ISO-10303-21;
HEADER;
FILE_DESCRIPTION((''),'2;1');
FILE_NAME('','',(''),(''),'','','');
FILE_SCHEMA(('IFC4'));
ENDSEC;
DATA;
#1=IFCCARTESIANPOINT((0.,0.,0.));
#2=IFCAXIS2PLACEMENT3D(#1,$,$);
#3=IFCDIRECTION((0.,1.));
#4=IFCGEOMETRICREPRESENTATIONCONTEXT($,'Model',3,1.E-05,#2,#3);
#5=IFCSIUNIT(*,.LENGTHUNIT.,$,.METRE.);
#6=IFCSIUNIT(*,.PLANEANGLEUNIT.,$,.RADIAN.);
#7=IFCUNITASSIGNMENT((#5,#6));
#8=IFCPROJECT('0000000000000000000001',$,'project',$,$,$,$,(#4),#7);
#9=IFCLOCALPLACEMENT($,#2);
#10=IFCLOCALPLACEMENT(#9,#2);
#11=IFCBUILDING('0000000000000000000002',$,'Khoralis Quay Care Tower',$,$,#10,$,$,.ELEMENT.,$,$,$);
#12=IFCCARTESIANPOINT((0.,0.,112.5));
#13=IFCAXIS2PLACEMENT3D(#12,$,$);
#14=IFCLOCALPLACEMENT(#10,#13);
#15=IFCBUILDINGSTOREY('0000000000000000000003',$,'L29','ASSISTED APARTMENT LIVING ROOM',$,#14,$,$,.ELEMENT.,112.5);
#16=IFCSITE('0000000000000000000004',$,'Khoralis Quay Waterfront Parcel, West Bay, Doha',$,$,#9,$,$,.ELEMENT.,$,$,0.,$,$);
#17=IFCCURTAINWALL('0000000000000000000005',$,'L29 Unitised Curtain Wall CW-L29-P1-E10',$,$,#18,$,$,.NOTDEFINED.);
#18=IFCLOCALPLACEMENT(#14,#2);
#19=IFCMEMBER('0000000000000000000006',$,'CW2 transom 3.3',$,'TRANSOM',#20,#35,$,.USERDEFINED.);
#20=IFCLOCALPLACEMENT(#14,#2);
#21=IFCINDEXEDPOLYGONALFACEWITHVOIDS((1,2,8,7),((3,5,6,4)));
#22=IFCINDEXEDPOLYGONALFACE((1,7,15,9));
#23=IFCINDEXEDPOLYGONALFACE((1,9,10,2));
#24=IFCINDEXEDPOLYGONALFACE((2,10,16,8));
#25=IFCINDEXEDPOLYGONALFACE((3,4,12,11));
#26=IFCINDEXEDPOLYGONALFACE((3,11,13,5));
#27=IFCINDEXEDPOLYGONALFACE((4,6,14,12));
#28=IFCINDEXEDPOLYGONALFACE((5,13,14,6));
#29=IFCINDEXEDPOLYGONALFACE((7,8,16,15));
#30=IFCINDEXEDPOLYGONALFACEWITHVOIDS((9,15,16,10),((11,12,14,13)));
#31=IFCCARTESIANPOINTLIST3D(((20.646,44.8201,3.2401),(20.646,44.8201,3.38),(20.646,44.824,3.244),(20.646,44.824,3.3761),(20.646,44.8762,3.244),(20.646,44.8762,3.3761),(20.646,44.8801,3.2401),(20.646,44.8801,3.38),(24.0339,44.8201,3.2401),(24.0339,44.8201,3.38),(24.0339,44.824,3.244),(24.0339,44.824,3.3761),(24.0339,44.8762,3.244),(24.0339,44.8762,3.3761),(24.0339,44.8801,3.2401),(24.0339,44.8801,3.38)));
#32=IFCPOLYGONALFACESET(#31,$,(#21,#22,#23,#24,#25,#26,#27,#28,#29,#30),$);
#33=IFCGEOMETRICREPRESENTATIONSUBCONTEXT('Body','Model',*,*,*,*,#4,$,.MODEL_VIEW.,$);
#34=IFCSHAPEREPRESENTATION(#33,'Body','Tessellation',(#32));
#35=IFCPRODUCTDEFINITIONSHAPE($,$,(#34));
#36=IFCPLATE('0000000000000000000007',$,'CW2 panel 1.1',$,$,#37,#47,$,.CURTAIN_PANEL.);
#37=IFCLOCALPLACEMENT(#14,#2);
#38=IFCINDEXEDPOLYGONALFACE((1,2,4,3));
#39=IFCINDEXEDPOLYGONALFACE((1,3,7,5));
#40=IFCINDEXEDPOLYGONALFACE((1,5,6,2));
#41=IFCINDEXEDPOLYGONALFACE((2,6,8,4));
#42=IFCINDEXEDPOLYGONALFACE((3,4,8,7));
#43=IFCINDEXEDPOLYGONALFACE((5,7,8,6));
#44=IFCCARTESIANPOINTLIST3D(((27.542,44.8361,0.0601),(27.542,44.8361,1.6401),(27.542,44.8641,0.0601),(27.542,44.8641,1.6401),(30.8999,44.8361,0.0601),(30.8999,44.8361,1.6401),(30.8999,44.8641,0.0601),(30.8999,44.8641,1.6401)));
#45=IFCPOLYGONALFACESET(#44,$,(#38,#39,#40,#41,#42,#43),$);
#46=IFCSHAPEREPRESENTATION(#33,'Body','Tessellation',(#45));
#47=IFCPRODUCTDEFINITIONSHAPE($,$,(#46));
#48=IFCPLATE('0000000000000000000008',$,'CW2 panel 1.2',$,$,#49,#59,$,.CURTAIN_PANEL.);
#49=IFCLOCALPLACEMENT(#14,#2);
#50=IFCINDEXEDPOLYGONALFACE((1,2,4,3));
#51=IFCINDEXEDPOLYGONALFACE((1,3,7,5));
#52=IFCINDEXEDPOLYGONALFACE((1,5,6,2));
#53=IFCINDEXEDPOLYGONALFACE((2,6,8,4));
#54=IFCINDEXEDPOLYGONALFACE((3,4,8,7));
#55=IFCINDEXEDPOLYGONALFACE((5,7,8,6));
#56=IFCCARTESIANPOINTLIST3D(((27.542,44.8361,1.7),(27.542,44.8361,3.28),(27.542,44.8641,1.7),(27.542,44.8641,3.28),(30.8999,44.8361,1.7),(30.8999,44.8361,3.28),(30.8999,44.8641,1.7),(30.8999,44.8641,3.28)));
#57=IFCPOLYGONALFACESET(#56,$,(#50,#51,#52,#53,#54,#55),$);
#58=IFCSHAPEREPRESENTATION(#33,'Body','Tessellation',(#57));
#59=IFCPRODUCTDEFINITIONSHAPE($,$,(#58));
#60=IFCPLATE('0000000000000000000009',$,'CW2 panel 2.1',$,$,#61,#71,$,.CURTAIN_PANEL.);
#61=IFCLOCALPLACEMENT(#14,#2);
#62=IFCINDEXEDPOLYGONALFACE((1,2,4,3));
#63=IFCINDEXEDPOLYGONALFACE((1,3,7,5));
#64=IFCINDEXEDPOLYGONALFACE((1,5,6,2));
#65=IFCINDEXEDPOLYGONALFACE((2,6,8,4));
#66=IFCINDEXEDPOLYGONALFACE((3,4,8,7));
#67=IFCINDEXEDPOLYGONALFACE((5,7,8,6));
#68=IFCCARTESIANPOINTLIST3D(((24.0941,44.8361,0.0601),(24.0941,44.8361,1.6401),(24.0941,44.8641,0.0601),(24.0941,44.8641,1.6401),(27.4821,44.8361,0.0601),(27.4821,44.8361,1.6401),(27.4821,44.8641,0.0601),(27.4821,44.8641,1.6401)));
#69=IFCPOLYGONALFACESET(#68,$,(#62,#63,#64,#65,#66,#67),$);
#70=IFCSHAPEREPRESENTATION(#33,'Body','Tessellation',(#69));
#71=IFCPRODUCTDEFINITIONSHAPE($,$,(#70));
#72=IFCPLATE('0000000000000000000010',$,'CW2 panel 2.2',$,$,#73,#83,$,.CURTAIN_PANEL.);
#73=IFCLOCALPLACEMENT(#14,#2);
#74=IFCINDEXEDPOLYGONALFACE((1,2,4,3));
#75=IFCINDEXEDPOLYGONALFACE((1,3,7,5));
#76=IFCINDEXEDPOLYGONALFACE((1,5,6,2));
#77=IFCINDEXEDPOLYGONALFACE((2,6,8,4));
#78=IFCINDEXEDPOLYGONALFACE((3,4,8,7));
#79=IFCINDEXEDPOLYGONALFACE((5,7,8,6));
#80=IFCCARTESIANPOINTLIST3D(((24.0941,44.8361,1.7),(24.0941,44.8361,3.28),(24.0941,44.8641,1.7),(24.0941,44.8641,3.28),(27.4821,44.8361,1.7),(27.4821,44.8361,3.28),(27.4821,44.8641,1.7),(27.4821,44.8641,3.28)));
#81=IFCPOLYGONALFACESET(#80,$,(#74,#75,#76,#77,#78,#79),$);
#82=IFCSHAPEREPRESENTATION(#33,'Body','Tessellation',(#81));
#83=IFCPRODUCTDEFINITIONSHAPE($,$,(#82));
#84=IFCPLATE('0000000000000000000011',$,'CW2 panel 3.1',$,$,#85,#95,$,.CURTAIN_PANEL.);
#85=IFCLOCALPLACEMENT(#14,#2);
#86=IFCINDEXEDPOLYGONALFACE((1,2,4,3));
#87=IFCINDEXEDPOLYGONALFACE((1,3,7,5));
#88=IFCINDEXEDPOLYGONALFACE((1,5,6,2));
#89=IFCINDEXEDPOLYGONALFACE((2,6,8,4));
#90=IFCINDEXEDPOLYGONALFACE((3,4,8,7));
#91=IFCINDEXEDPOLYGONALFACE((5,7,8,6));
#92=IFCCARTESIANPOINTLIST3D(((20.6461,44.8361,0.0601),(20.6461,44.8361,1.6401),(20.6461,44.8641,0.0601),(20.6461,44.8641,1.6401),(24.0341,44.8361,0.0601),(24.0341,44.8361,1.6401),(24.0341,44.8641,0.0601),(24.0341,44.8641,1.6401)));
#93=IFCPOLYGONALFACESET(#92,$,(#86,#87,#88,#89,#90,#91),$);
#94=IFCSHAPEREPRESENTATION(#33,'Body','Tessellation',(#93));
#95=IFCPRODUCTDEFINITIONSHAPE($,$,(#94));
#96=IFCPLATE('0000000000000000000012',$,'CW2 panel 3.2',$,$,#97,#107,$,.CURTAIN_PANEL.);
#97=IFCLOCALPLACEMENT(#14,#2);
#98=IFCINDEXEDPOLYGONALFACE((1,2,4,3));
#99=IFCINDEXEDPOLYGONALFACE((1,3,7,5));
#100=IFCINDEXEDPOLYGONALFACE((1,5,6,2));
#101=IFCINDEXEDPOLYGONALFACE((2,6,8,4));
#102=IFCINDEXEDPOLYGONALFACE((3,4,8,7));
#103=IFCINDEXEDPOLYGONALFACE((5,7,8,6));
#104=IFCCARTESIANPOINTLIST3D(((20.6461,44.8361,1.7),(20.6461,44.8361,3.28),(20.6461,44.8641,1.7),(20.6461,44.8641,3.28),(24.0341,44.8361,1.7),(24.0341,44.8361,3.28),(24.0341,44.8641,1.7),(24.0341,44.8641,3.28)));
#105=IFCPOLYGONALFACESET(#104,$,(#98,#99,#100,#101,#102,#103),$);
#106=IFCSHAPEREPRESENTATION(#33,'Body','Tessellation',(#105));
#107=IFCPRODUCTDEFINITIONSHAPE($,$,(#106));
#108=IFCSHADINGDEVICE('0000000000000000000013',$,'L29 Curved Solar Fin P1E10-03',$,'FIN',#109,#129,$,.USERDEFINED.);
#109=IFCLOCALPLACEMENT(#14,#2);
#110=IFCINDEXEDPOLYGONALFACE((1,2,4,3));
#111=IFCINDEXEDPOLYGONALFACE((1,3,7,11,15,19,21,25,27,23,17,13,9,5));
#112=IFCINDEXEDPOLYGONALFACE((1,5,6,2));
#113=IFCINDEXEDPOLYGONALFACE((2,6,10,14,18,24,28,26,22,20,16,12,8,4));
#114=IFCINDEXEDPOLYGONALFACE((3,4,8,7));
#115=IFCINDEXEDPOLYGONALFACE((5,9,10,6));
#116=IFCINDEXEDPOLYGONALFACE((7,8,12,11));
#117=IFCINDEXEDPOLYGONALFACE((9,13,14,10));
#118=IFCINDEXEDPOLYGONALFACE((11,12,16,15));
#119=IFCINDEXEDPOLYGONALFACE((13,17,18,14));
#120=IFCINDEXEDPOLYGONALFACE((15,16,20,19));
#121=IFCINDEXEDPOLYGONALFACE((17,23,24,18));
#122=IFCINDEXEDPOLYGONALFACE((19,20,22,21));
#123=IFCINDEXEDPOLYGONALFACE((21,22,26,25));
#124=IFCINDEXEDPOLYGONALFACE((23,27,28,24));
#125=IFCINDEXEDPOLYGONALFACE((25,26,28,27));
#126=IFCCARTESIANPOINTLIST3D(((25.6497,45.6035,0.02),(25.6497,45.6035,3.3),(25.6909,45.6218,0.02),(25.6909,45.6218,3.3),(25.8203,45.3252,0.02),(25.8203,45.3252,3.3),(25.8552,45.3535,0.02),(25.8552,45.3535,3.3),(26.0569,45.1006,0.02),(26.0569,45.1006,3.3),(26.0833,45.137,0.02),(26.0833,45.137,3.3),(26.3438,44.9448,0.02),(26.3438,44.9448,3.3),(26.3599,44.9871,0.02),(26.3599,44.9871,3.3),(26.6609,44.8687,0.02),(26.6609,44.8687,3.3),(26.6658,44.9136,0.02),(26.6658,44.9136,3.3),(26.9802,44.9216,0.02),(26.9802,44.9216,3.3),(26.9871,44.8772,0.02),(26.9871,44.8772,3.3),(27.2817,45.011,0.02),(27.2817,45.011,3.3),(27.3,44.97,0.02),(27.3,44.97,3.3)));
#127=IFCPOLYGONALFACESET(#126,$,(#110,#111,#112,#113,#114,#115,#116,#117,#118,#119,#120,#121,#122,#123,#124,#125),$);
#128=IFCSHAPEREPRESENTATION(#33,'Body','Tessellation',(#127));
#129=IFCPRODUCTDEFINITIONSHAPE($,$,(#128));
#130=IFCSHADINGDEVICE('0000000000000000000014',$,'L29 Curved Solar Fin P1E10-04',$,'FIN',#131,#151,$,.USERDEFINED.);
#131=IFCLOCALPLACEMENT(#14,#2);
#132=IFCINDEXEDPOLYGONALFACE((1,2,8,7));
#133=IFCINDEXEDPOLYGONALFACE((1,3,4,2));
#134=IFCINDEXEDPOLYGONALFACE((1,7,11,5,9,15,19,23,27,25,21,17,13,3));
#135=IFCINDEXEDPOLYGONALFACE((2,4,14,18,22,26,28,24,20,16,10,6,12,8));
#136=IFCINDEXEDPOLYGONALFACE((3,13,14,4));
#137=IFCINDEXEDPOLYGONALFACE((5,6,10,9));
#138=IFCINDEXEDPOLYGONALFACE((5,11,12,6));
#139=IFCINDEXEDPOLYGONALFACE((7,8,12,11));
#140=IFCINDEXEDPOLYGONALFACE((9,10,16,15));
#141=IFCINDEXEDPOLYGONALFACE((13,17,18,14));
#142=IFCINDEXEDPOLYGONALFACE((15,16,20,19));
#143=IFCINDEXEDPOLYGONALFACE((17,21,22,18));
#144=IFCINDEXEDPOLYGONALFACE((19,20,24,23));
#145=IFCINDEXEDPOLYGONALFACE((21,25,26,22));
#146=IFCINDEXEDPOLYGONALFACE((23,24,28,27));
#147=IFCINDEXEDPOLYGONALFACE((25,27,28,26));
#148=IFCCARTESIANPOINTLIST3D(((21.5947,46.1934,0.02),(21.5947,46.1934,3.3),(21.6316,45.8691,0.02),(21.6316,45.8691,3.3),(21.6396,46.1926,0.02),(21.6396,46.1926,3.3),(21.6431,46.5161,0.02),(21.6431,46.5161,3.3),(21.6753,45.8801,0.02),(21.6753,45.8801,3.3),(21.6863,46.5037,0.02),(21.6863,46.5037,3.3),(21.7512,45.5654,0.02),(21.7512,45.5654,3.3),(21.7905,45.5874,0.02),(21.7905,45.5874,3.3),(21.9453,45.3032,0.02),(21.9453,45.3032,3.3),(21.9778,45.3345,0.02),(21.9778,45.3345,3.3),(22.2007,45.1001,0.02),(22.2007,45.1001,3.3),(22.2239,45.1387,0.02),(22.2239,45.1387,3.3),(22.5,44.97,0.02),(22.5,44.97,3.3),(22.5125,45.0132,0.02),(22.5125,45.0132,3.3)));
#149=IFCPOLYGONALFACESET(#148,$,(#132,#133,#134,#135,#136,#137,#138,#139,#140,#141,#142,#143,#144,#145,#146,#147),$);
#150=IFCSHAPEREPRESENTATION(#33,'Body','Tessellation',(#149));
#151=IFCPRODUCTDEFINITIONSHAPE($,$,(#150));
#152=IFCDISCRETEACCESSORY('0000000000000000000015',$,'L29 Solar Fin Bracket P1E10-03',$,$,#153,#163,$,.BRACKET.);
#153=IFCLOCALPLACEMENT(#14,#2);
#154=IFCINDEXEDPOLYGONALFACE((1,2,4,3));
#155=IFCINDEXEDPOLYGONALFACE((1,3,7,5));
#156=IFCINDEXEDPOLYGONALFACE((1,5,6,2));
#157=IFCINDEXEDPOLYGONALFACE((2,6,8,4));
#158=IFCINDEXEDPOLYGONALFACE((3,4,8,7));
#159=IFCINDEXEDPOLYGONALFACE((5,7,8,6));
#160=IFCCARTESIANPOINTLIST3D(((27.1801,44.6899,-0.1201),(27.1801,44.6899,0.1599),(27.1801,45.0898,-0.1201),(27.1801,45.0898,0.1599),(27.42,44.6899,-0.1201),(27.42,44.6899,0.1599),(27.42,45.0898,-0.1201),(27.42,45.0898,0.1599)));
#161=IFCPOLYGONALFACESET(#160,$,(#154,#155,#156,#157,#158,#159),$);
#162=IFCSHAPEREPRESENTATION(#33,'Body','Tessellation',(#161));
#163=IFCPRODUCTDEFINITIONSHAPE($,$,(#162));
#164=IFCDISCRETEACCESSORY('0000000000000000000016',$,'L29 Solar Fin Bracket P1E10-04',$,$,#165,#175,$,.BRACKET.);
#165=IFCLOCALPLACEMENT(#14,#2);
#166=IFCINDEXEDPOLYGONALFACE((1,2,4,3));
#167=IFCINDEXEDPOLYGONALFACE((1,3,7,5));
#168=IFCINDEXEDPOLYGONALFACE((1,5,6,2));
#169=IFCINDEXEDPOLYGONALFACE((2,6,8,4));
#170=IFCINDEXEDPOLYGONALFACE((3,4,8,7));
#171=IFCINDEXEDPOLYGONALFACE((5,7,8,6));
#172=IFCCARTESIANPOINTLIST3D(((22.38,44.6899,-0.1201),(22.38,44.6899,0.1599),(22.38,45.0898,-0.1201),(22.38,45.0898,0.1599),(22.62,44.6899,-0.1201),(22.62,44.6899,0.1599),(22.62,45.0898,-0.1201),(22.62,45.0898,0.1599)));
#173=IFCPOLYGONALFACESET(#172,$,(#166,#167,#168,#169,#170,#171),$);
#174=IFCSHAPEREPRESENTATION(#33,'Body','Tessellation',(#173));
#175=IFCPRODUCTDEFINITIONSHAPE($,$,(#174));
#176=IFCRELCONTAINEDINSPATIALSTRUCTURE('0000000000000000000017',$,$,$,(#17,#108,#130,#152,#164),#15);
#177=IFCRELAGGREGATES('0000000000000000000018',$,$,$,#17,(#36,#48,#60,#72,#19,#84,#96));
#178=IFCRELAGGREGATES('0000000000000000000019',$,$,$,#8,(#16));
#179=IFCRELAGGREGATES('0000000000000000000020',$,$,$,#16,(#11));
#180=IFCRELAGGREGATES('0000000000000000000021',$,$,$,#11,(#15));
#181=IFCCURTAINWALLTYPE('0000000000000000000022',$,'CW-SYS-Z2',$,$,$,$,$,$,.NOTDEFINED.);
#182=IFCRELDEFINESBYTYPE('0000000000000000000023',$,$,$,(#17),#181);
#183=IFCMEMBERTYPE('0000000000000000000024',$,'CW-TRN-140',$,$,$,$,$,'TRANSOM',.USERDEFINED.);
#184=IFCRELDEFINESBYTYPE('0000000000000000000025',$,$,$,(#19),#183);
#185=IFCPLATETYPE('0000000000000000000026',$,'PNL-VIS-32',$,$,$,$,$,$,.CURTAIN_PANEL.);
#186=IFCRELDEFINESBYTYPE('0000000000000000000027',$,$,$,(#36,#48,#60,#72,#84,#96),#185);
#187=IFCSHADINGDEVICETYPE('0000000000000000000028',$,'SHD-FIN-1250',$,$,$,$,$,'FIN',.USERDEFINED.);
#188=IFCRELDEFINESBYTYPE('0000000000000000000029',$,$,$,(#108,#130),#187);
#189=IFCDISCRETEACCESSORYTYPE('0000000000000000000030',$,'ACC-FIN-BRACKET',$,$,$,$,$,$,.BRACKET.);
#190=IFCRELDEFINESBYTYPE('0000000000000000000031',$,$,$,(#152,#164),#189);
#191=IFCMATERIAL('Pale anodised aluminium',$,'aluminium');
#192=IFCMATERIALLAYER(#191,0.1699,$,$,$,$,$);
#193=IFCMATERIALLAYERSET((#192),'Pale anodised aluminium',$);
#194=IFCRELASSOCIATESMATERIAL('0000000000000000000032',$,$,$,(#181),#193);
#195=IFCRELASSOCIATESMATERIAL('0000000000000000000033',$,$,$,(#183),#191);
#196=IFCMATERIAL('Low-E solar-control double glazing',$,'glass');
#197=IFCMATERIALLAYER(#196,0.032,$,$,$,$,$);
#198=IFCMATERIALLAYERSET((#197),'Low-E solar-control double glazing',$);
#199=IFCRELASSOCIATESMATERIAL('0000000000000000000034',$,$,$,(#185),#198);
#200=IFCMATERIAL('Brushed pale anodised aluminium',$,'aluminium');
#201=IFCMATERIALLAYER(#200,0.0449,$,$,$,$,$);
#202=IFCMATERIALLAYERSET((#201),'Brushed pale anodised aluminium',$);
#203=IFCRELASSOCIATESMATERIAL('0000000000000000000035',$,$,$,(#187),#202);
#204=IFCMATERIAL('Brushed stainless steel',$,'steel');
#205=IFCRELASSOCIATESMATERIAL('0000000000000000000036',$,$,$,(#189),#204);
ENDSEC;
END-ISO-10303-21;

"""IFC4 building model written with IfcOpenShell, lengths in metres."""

from ifc_helpers import new_model, si_unit, direction, frame, origin, origin_2d, place, context, subcontext, project, spatial, polyline, rectangle, hollow_rectangle, outline, extrude, source, transform, mapped, material, layer, layer_set, material_profile, profile_set, type_object, element, aggregate, save


model = new_model("IFC4")

# Units and contexts
model_context = context("Model", 3, precision=1e-05, world=origin(), true_north=direction((0.0, 1.0)))
body_context = subcontext(model_context, "Body", "Model", "MODEL_VIEW")
ifc_project = project(units=[si_unit("LENGTHUNIT", "METRE"), si_unit("PLANEANGLEUNIT", "RADIAN")], contexts=[model_context])

# Site, building, storey
site_placement = place(None, origin())
site = spatial("IfcSite", under=ifc_project, at=site_placement, Name="Khoralis Quay Waterfront Parcel, West Bay, Doha", CompositionType="ELEMENT", RefElevation=0.0)
building_placement = place(site_placement, origin())
building = spatial("IfcBuilding", under=site, at=building_placement, Name="Khoralis Quay Care Tower", CompositionType="ELEMENT")
storey_placement = place(building_placement, frame((0.0, 0.0, 112.5)))
storey = spatial("IfcBuildingStorey", under=building, at=storey_placement, Name="L29", Description="ASSISTED APARTMENT LIVING ROOM", CompositionType="ELEMENT", Elevation=112.5)

# Curtain wall, member, plates
ifc_material_1 = material(Name="Pale anodised aluminium", Category="aluminium")
ifc_layer_1 = layer(ifc_material_1, 0.1699)
ifc_layer_set_1 = layer_set([ifc_layer_1], Name="Pale anodised aluminium")
curtain_wall_type = type_object("IfcCurtainWallType", Name="CW-SYS-Z2", PredefinedType="NOTDEFINED", material=ifc_layer_set_1)
curtain_wall_placement = place(storey_placement, origin())
curtain_wall = element("IfcCurtainWall", 1, at=curtain_wall_placement, inside=storey, type_object=curtain_wall_type, Name="L29 Unitised Curtain Wall CW-L29-P1-E10", PredefinedType="NOTDEFINED")
ifc_material_profile_1 = material_profile(ifc_material_1, hollow_rectangle(XDim=0.0601, YDim=0.1399, WallThickness=0.0039, at=origin_2d()), Name="Pale anodised aluminium")
ifc_profile_set_1 = profile_set([ifc_material_profile_1], Name="Pale anodised aluminium")
member_type_1 = type_object("IfcMemberType", Name="CW-TRN-140", ElementType="TRANSOM", PredefinedType="USERDEFINED", material=ifc_profile_set_1)
shared_shape_1 = source(origin(), body_context, "Body", "SweptSolid", [
    extrude(hollow_rectangle(XDim=0.0601, YDim=0.1399, WallThickness=0.0039, at=origin_2d()), origin(), (0.0, 0.0, 1.0), 3.3879),
])
member_1_placement = place(storey_placement, frame((24.0339, 44.8501, 3.3101), z_axis=(-1.0, 0.0, 0.0), x_axis=(0.0, -1.0, 0.0)))
member_1 = element("IfcMember", 2, at=member_1_placement, type_object=member_type_1, Name="CW2 transom 3.3", ObjectType="TRANSOM", PredefinedType="USERDEFINED", context=body_context, shape_type="MappedRepresentation", body=[
    mapped(shared_shape_1, transform((0.0, 0.0, 0.0), scale=1.0)),
])
ifc_material_2 = material(Name="Low-E solar-control double glazing", Category="glass")
ifc_layer_2 = layer(ifc_material_2, 0.032)
ifc_layer_set_2 = layer_set([ifc_layer_2], Name="Low-E solar-control double glazing")
plate_type = type_object("IfcPlateType", Name="PNL-VIS-32", PredefinedType="CURTAIN_PANEL", material=ifc_layer_set_2)
shared_shape_2 = source(origin(), body_context, "Body", "SweptSolid", [
    extrude(rectangle(XDim=3.3579, YDim=0.0281, at=origin_2d()), origin(), (0.0, 0.0, 1.0), 1.5801),
])
plate_1_placement = place(storey_placement, frame((29.2209, 44.8501, 0.0601), z_axis=(0.0, 0.0, 1.0), x_axis=(-1.0, 0.0, 0.0)))
plate_1 = element("IfcPlate", 3, at=plate_1_placement, type_object=plate_type, Name="CW2 panel 1.1", PredefinedType="CURTAIN_PANEL", context=body_context, shape_type="MappedRepresentation", body=[
    mapped(shared_shape_2, transform((0.0, 0.0, 0.0), scale=1.0)),
])
plate_2_placement = place(storey_placement, frame((29.2209, 44.8501, 1.7), z_axis=(0.0, 0.0, 1.0), x_axis=(-1.0, 0.0, 0.0)))
plate_2 = element("IfcPlate", 4, at=plate_2_placement, type_object=plate_type, Name="CW2 panel 1.2", PredefinedType="CURTAIN_PANEL", context=body_context, shape_type="MappedRepresentation", body=[
    mapped(shared_shape_2, transform((0.0, 0.0, 0.0), scale=1.0)),
])
shared_shape_3 = source(origin(), body_context, "Body", "SweptSolid", [
    extrude(rectangle(XDim=3.3879, YDim=0.0281, at=origin_2d()), origin(), (0.0, 0.0, 1.0), 1.5801),
])
plate_3_placement = place(storey_placement, frame((25.7881, 44.8501, 0.0601), z_axis=(0.0, 0.0, 1.0), x_axis=(-1.0, 0.0, 0.0)))
plate_3 = element("IfcPlate", 5, at=plate_3_placement, type_object=plate_type, Name="CW2 panel 2.1", PredefinedType="CURTAIN_PANEL", context=body_context, shape_type="MappedRepresentation", body=[
    mapped(shared_shape_3, transform((0.0, 0.0, 0.0), scale=1.0)),
])
plate_4_placement = place(storey_placement, frame((25.7881, 44.8501, 1.7), z_axis=(0.0, 0.0, 1.0), x_axis=(-1.0, 0.0, 0.0)))
plate_4 = element("IfcPlate", 6, at=plate_4_placement, type_object=plate_type, Name="CW2 panel 2.2", PredefinedType="CURTAIN_PANEL", context=body_context, shape_type="MappedRepresentation", body=[
    mapped(shared_shape_3, transform((0.0, 0.0, 0.0), scale=1.0)),
])
plate_5_placement = place(storey_placement, frame((22.3401, 44.8501, 0.0601), z_axis=(0.0, 0.0, 1.0), x_axis=(-1.0, 0.0, 0.0)))
plate_5 = element("IfcPlate", 7, at=plate_5_placement, type_object=plate_type, Name="CW2 panel 3.1", PredefinedType="CURTAIN_PANEL", context=body_context, shape_type="MappedRepresentation", body=[
    mapped(shared_shape_3, transform((0.0, 0.0, 0.0), scale=1.0)),
])
plate_6_placement = place(storey_placement, frame((22.3401, 44.8501, 1.7), z_axis=(0.0, 0.0, 1.0), x_axis=(-1.0, 0.0, 0.0)))
plate_6 = element("IfcPlate", 8, at=plate_6_placement, type_object=plate_type, Name="CW2 panel 3.2", PredefinedType="CURTAIN_PANEL", context=body_context, shape_type="MappedRepresentation", body=[
    mapped(shared_shape_3, transform((0.0, 0.0, 0.0), scale=1.0)),
])
aggregate(curtain_wall, [plate_1, plate_2, plate_3, plate_4, member_1, plate_5, plate_6])

# Shading devices
ifc_material_3 = material(Name="Brushed pale anodised aluminium", Category="aluminium")
ifc_layer_3 = layer(ifc_material_3, 0.0449)
ifc_layer_set_3 = layer_set([ifc_layer_3], Name="Brushed pale anodised aluminium")
shading_device_type = type_object("IfcShadingDeviceType", Name="SHD-FIN-1250", ElementType="FIN", PredefinedType="USERDEFINED", material=ifc_layer_set_3)
shared_shape_4 = source(origin(), body_context, "Body", "SweptSolid", [
    extrude(outline(polyline([(0.0, 0.0), (-0.0928, 0.313), (-0.1013, 0.6392), (-0.0251, 0.9563), (0.1306, 1.2432), (0.3552, 1.4797), (0.6335, 1.6504), (0.6519, 1.6091), (0.3835, 1.4448), (0.167, 1.2168), (0.0171, 0.9402), (-0.0564, 0.6343), (-0.0483, 0.3198), (0.041, 0.0183), (0.0, 0.0)])), origin(), (0.0, 0.0, 1.0), 3.28),
])
shading_device_1_placement = place(storey_placement, frame((27.3, 44.97, 0.02), z_axis=(0.0, 0.0, 1.0), x_axis=(0.0, 1.0, 0.0)))
element("IfcShadingDevice", 9, at=shading_device_1_placement, inside=storey, type_object=shading_device_type, Name="L29 Curved Solar Fin P1E10-03", ObjectType="FIN", PredefinedType="USERDEFINED", context=body_context, shape_type="MappedRepresentation", body=[
    mapped(shared_shape_4, transform((0.0, 0.0, 0.0), scale=1.0)),
])
shared_shape_5 = source(origin(), body_context, "Body", "SweptSolid", [
    extrude(outline(polyline([(0.0, 0.0), (0.1301, 0.2993), (0.3333, 0.5547), (0.5955, 0.7488), (0.8992, 0.8684), (1.2234, 0.9053), (1.5461, 0.8569), (1.5337, 0.8137), (1.2227, 0.8604), (0.9102, 0.8247), (0.6174, 0.7095), (0.3645, 0.5222), (0.1687, 0.2761), (0.0432, -0.0125), (0.0, 0.0)])), origin(), (0.0, 0.0, 1.0), 3.28),
])
shading_device_2_placement = place(storey_placement, frame((22.5, 44.97, 0.02), z_axis=(0.0, 0.0, 1.0), x_axis=(0.0, 1.0, 0.0)))
element("IfcShadingDevice", 10, at=shading_device_2_placement, inside=storey, type_object=shading_device_type, Name="L29 Curved Solar Fin P1E10-04", ObjectType="FIN", PredefinedType="USERDEFINED", context=body_context, shape_type="MappedRepresentation", body=[
    mapped(shared_shape_5, transform((0.0, 0.0, 0.0), scale=1.0)),
])

# Discrete accessories
ifc_material_4 = material(Name="Brushed stainless steel", Category="steel")
discrete_accessory_type = type_object("IfcDiscreteAccessoryType", Name="ACC-FIN-BRACKET", PredefinedType="BRACKET", material=ifc_material_4)
shared_shape_6 = source(origin(), body_context, "Body", "SweptSolid", [
    extrude(rectangle(XDim=0.3999, YDim=0.24, at=origin_2d()), origin(), (0.0, 0.0, 1.0), 0.28),
])
for number, where, z_axis, x_axis, name in (
    (11, (27.3, 44.8899, -0.1201), (0.0, 0.0, 1.0), (0.0, 1.0, 0.0), "L29 Solar Fin Bracket P1E10-03"),
    (12, (22.5, 44.8899, -0.1201), (0.0, 0.0, 1.0), (0.0, 1.0, 0.0), "L29 Solar Fin Bracket P1E10-04"),
):
    element("IfcDiscreteAccessory", number, at=place(storey_placement, frame(where, z_axis=z_axis, x_axis=x_axis)), inside=storey, type_object=discrete_accessory_type, Name=name, PredefinedType="BRACKET", context=body_context, shape_type="MappedRepresentation", body=[
        mapped(shared_shape_6, transform((0.0, 0.0, 0.0), scale=1.0)),
    ])

save(model, "model.ifc")
